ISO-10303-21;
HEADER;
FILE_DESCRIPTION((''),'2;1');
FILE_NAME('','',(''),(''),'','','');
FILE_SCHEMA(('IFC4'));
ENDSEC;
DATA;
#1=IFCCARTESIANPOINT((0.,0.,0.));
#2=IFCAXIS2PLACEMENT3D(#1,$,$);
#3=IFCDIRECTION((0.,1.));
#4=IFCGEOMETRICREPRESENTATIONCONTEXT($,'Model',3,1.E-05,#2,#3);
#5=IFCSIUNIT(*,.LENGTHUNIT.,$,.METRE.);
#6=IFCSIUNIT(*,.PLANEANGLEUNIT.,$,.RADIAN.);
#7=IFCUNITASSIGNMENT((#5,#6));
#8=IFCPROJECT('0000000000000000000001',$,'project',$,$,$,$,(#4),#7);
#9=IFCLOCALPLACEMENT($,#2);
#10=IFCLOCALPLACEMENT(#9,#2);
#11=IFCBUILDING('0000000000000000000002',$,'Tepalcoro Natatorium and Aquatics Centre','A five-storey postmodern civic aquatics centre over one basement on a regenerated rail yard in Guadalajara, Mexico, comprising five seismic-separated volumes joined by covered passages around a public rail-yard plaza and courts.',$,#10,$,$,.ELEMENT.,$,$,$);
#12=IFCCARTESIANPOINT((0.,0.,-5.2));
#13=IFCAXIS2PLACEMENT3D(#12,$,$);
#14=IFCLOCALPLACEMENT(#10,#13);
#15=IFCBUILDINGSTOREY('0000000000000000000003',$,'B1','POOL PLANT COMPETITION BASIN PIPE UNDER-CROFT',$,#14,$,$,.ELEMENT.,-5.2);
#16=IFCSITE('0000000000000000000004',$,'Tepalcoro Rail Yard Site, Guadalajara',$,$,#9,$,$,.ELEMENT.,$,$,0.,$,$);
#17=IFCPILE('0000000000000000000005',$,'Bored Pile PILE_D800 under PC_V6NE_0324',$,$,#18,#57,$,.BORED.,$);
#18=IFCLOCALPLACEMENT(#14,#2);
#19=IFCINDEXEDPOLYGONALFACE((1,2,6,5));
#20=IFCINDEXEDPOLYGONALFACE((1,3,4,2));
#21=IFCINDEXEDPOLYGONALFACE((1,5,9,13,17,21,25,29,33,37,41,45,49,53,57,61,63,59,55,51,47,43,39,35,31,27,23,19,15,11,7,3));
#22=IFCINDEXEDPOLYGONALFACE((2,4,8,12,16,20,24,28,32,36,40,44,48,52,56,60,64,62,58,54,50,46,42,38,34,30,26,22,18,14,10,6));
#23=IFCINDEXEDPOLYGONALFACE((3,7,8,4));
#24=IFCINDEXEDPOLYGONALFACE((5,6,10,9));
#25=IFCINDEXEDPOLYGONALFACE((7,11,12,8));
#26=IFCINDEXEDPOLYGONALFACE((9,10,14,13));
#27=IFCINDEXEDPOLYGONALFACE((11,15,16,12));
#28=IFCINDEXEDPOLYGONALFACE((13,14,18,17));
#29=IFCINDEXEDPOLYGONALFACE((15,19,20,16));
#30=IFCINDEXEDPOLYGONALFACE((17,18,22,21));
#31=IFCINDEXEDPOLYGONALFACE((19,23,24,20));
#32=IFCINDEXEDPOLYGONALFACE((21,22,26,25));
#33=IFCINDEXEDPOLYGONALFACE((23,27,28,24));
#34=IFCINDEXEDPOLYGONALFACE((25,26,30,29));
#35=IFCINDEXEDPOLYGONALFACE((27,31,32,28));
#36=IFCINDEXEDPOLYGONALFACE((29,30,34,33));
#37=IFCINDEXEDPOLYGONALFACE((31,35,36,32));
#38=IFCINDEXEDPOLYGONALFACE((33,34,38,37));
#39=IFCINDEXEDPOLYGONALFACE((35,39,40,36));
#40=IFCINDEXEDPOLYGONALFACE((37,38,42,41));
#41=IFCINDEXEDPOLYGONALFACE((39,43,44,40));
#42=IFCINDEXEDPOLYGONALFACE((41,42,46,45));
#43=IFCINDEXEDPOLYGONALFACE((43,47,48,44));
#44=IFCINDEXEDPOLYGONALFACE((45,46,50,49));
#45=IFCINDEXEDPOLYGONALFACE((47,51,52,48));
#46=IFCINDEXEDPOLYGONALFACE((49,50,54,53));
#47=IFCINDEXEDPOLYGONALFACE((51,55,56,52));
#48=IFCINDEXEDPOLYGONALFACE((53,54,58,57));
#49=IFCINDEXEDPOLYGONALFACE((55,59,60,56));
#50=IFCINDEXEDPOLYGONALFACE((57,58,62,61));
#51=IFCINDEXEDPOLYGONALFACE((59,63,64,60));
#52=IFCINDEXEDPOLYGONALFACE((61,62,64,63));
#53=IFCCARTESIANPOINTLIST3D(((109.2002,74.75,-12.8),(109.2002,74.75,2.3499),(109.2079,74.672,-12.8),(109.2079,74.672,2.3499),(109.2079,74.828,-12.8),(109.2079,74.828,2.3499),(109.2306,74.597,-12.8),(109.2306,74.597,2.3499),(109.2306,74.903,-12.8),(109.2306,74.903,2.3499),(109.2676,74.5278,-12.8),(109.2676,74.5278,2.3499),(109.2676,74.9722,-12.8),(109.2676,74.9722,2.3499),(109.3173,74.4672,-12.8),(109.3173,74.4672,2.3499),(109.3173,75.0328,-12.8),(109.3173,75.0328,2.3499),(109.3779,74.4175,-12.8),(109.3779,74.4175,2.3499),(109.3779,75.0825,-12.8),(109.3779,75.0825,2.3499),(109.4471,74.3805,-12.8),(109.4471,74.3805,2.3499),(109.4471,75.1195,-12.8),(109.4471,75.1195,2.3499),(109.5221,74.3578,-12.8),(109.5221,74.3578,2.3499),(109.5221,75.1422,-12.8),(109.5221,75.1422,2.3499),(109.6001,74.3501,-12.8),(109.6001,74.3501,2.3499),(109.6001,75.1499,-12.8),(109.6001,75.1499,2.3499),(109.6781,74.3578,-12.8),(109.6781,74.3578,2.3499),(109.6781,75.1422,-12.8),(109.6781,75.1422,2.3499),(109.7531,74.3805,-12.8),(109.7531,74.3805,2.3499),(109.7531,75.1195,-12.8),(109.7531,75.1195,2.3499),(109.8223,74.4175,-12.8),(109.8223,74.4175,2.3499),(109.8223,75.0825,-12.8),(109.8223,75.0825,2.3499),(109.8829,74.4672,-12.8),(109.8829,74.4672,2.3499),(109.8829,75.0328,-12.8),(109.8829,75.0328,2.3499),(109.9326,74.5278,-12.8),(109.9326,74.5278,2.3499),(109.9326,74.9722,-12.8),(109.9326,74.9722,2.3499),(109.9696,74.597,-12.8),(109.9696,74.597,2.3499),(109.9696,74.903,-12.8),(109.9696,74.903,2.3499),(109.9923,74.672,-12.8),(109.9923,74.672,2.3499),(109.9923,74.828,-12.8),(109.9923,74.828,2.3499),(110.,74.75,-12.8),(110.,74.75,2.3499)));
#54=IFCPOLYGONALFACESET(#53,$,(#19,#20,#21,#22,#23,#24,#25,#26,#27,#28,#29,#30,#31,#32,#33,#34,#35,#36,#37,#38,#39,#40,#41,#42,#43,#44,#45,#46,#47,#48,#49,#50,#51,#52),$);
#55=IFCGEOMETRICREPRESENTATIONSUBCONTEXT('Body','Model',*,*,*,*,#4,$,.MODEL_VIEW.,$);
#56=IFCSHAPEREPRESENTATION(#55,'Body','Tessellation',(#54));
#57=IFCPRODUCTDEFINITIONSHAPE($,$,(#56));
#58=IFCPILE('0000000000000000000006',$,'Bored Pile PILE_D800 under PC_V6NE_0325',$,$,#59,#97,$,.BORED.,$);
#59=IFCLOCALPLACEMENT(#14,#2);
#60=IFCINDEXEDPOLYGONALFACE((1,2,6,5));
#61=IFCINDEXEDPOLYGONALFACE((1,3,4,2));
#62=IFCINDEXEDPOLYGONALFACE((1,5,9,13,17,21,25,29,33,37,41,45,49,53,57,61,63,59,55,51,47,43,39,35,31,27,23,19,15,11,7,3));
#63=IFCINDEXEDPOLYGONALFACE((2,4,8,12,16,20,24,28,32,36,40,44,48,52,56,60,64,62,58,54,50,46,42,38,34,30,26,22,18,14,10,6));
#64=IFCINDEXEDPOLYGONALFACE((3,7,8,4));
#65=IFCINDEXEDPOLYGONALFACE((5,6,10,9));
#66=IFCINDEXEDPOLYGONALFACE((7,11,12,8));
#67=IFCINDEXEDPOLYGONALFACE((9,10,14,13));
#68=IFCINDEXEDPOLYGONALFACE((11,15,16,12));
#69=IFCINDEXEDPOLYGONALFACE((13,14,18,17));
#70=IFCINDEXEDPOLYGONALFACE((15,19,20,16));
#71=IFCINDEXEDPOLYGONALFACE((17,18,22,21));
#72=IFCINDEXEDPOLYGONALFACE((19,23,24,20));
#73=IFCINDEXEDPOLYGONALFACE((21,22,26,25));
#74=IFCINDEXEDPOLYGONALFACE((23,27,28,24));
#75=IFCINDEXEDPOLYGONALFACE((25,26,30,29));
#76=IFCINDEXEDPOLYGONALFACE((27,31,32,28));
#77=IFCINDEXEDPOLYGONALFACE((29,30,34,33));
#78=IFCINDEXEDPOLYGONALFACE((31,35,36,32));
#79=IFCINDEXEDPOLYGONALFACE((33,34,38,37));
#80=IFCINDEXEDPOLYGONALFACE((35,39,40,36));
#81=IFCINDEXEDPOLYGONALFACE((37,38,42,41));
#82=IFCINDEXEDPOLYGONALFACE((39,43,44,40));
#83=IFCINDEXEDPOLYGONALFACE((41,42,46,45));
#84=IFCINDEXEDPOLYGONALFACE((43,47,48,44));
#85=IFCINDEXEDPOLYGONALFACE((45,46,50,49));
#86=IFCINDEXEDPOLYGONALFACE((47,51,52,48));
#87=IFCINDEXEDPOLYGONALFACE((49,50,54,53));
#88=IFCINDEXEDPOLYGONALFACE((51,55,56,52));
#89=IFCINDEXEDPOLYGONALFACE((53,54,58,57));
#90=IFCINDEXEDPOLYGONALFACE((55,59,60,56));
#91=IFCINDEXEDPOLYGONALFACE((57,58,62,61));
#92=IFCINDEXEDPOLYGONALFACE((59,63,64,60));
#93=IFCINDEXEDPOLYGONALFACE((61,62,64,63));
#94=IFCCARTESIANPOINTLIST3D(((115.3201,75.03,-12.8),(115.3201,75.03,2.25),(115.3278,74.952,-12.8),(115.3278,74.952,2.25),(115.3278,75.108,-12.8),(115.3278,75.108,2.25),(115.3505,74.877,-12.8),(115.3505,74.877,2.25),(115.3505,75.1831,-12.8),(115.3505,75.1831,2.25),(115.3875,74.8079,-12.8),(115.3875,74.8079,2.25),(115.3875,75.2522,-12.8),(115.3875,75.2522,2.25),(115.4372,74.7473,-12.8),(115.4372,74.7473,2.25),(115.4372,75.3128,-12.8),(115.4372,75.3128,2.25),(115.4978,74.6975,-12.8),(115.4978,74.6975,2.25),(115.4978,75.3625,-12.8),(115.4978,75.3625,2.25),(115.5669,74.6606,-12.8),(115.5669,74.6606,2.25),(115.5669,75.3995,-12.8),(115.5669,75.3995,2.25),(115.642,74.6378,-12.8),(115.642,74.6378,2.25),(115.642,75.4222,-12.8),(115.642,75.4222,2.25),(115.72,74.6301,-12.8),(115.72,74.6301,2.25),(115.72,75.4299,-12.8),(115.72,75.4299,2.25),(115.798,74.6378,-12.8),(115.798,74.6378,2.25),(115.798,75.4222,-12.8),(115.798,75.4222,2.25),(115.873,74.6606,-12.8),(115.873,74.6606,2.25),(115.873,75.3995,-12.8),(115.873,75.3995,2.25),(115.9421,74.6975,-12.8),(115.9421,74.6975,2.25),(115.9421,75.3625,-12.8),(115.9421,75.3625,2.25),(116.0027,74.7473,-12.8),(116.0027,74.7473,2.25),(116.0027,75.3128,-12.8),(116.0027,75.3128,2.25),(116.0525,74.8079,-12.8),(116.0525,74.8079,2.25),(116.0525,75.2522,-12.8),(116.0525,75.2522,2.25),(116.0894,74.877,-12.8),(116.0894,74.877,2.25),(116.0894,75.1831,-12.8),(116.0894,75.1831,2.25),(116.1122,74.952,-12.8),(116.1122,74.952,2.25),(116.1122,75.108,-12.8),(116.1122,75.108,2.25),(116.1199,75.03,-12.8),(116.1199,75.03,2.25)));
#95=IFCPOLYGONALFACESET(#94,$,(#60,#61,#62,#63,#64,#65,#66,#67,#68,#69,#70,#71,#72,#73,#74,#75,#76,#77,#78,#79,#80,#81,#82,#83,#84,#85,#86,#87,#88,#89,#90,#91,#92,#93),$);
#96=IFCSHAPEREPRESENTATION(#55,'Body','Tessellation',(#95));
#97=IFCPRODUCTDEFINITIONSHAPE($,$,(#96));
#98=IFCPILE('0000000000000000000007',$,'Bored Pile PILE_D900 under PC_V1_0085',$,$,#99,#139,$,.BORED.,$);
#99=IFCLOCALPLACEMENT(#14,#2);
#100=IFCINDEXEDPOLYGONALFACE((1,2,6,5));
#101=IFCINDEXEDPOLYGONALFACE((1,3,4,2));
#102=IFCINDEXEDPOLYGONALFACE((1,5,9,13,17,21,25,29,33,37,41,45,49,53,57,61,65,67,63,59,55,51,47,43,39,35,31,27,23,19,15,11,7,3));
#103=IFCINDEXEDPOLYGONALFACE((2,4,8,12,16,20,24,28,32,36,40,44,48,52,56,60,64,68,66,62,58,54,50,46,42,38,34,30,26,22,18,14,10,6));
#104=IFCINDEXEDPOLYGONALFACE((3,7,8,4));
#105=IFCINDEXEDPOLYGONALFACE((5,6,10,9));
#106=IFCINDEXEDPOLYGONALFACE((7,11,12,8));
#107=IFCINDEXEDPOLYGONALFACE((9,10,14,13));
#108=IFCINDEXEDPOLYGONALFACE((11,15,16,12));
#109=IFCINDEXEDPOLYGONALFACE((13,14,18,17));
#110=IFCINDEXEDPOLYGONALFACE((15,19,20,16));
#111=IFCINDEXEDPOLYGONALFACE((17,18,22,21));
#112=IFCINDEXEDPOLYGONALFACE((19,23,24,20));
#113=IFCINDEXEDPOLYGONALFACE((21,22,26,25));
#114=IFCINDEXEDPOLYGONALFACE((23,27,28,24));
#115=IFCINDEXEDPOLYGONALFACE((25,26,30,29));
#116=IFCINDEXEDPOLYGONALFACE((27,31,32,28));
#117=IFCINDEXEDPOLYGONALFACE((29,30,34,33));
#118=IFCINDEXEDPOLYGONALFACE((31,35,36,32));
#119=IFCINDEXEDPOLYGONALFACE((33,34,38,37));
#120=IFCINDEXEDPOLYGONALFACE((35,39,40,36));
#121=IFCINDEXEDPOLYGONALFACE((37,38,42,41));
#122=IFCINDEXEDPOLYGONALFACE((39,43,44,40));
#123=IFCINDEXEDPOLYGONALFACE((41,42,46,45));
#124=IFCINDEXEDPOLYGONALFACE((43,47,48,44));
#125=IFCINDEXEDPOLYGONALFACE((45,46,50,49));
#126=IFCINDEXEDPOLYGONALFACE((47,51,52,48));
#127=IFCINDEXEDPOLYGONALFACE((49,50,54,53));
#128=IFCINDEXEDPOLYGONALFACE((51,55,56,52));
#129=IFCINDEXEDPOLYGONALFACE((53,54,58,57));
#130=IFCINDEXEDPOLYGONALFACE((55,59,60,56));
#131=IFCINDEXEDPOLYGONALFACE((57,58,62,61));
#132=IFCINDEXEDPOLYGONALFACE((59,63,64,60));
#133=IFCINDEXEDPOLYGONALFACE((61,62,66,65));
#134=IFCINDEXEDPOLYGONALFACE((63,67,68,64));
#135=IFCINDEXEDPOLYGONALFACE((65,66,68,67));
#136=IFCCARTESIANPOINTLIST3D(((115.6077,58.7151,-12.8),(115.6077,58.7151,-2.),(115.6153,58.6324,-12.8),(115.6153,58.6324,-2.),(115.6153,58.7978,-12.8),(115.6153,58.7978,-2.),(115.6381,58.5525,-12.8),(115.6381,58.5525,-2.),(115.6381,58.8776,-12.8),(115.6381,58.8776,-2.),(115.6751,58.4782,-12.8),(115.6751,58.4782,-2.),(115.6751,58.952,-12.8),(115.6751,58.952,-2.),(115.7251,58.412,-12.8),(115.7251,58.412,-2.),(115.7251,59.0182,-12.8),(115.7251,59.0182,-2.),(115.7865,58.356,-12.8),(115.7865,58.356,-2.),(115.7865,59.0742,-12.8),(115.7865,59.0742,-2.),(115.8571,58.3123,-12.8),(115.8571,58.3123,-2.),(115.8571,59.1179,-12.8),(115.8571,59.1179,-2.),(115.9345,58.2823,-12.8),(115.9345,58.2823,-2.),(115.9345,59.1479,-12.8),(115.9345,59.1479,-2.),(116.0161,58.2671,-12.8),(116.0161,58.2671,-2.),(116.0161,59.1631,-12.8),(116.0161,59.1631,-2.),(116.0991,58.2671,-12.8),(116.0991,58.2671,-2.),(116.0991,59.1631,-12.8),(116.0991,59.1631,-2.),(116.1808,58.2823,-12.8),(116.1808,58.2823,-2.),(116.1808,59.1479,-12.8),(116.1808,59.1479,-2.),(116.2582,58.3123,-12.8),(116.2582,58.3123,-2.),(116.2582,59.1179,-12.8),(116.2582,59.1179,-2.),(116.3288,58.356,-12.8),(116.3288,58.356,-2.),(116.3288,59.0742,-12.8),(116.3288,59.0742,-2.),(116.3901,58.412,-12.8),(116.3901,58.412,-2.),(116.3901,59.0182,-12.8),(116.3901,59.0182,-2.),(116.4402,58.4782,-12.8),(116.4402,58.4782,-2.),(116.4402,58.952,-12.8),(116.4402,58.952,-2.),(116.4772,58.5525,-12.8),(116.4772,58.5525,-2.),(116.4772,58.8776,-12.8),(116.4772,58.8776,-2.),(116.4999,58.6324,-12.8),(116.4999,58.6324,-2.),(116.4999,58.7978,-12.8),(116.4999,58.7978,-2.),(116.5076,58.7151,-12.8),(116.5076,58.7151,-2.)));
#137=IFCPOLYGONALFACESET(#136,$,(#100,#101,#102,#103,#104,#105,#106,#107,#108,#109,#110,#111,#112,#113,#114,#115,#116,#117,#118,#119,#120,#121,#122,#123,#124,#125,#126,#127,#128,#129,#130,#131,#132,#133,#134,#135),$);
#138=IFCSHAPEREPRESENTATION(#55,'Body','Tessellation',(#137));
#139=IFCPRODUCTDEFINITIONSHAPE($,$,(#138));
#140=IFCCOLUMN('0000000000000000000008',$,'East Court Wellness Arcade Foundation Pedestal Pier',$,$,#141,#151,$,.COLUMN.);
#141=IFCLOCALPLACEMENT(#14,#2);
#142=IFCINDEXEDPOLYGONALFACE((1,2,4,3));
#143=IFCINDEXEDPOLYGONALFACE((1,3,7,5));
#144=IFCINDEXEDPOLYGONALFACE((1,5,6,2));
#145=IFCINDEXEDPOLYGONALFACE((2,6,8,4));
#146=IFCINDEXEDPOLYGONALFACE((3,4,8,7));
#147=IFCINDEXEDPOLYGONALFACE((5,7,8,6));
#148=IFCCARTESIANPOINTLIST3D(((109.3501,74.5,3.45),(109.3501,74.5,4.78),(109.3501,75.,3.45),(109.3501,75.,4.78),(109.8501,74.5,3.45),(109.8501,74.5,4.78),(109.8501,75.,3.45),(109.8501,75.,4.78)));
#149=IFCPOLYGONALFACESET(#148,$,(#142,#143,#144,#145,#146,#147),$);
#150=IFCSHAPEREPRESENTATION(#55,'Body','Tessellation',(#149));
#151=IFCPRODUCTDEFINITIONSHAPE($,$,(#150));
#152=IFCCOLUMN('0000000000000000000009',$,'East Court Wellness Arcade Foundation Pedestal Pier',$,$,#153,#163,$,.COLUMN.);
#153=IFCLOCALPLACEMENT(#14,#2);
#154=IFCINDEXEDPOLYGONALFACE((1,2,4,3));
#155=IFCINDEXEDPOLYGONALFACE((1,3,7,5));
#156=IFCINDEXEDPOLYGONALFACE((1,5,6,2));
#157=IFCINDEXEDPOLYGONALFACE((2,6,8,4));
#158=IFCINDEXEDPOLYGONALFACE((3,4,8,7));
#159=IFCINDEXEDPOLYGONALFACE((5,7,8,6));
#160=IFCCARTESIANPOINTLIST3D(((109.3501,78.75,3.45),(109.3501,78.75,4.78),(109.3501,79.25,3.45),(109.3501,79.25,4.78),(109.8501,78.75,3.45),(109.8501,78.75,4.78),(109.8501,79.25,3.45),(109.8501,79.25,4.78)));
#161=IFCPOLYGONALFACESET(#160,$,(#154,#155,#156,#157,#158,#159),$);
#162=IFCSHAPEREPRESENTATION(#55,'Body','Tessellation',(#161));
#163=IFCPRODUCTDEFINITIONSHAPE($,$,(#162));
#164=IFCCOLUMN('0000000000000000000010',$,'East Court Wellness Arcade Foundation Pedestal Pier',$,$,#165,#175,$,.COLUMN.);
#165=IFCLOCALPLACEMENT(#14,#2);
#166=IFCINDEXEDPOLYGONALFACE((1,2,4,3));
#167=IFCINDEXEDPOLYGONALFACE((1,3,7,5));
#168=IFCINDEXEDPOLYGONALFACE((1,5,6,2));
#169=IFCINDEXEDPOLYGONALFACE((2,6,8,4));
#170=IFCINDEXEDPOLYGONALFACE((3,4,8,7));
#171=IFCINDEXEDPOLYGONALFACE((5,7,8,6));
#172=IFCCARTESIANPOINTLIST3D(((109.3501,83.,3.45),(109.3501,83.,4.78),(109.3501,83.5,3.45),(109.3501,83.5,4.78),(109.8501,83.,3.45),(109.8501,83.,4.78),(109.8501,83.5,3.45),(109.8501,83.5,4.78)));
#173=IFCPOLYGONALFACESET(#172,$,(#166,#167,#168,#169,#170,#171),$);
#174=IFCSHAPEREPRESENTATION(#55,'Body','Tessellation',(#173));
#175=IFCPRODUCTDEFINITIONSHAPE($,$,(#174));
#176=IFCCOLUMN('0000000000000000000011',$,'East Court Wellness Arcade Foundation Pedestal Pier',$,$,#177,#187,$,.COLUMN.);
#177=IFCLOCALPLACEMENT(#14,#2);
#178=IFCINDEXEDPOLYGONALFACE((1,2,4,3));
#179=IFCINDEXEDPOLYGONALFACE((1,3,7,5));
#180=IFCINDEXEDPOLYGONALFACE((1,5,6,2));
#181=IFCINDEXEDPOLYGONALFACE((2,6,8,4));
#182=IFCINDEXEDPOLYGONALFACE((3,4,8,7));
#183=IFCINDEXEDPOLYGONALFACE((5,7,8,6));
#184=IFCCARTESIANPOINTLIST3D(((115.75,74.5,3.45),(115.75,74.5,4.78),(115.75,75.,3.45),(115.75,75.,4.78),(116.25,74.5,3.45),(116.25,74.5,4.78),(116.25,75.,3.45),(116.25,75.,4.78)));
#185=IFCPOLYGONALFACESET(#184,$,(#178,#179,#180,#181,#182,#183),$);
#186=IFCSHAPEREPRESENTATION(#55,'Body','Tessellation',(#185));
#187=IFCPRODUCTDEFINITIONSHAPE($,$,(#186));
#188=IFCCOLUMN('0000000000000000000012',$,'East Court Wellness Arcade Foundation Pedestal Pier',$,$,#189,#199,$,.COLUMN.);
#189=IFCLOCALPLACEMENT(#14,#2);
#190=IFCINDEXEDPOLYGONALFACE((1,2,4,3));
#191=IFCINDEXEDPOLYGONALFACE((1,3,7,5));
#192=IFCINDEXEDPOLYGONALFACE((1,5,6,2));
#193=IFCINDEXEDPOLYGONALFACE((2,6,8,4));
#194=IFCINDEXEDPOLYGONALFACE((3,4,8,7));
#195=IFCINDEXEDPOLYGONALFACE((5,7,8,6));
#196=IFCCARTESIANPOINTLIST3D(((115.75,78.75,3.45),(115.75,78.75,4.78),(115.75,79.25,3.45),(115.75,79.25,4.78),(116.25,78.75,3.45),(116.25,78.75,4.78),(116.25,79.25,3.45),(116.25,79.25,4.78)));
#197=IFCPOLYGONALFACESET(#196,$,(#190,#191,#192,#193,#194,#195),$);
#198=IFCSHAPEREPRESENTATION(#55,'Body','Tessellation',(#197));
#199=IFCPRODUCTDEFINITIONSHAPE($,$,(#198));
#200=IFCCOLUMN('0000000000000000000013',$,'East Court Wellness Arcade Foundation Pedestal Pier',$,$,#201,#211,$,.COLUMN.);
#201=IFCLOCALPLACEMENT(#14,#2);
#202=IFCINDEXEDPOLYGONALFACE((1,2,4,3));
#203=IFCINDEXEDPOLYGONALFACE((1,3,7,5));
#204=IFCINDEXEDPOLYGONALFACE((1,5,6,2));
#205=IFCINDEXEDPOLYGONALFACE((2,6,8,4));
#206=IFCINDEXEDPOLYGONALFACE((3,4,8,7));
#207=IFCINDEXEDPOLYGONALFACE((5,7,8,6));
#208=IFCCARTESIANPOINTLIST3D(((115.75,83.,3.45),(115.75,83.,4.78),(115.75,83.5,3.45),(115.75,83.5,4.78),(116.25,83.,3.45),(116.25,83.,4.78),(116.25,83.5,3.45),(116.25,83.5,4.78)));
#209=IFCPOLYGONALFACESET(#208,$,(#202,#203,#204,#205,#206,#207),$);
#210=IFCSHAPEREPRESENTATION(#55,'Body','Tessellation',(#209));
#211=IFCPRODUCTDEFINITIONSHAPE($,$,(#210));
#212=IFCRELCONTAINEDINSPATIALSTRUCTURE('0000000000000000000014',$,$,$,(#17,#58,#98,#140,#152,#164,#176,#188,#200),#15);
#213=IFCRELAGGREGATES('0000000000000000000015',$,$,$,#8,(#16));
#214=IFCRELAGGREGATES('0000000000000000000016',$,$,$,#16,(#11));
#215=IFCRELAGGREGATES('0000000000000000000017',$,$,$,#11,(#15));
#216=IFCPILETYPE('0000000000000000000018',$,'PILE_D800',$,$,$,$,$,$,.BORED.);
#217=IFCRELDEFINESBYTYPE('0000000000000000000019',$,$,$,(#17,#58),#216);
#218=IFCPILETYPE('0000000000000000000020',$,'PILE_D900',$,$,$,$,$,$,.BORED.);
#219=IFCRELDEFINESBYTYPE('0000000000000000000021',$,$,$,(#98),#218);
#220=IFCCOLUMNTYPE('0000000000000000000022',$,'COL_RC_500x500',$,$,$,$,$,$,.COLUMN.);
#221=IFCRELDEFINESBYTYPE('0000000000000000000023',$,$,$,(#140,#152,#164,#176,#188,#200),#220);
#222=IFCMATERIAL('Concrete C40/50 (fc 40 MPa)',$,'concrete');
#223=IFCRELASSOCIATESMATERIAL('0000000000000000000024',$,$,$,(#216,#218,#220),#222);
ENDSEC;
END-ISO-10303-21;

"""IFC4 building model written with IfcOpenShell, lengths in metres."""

from ifc_helpers import new_model, si_unit, direction, frame, origin, origin_2d, place, context, subcontext, project, spatial, rectangle, circle, extrude, material, material_profile, profile_set, type_object, element, save


model = new_model("IFC4")

# Units and contexts
model_context = context("Model", 3, precision=1e-05, world=origin(), true_north=direction((0.0, 1.0)))
body_context = subcontext(model_context, "Body", "Model", "MODEL_VIEW")
ifc_project = project(units=[si_unit("LENGTHUNIT", "METRE"), si_unit("PLANEANGLEUNIT", "RADIAN")], contexts=[model_context])

# Site, building, storey
site_placement = place(None, origin())
site = spatial("IfcSite", under=ifc_project, at=site_placement, Name="Tepalcoro Rail Yard Site, Guadalajara", CompositionType="ELEMENT", RefElevation=0.0)
building_placement = place(site_placement, origin())
building = spatial("IfcBuilding", under=site, at=building_placement, Name="Tepalcoro Natatorium and Aquatics Centre", Description="A five-storey postmodern civic aquatics centre over one basement on a regenerated rail yard in Guadalajara, Mexico, comprising five seismic-separated volumes joined by covered passages around a public rail-yard plaza and courts.", CompositionType="ELEMENT")
storey_placement = place(building_placement, frame((0.0, 0.0, -5.2)))
storey = spatial("IfcBuildingStorey", under=building, at=storey_placement, Name="B1", Description="POOL PLANT COMPETITION BASIN PIPE UNDER-CROFT", CompositionType="ELEMENT", Elevation=-5.2)

# Piles
ifc_material = material(Name="Concrete C40/50 (fc 40 MPa)", Category="concrete")
ifc_material_profile_1 = material_profile(ifc_material, circle(Radius=0.3999, at=origin_2d()), Name="PILE_D800")
ifc_profile_set_1 = profile_set([ifc_material_profile_1], Name="Concrete C40/50 (fc 40 MPa)")
pile_type_1 = type_object("IfcPileType", Name="PILE_D800", PredefinedType="BORED", material=ifc_profile_set_1)
pile_1_placement = place(storey_placement, frame((109.6001, 74.75, 2.3499), z_axis=(0.0, 0.0, -1.0), x_axis=(1.0, 0.0, 0.0)))
element("IfcPile", 1, at=pile_1_placement, inside=storey, type_object=pile_type_1, Name="Bored Pile PILE_D800 under PC_V6NE_0324", PredefinedType="BORED", context=body_context, shape_type="SweptSolid", body=[
    extrude(circle(Radius=0.3999, at=origin_2d()), origin(), (0.0, 0.0, 1.0), 15.1499),
])
pile_2_placement = place(storey_placement, frame((115.72, 75.03, 2.25), z_axis=(0.0, 0.0, -1.0), x_axis=(1.0, 0.0, 0.0)))
element("IfcPile", 2, at=pile_2_placement, inside=storey, type_object=pile_type_1, Name="Bored Pile PILE_D800 under PC_V6NE_0325", PredefinedType="BORED", context=body_context, shape_type="SweptSolid", body=[
    extrude(circle(Radius=0.3999, at=origin_2d()), origin(), (0.0, 0.0, 1.0), 15.05),
])
ifc_material_profile_2 = material_profile(ifc_material, circle(Radius=0.45, at=origin_2d()), Name="PILE_D900")
ifc_profile_set_2 = profile_set([ifc_material_profile_2], Name="Concrete C40/50 (fc 40 MPa)")
pile_type_2 = type_object("IfcPileType", Name="PILE_D900", PredefinedType="BORED", material=ifc_profile_set_2)
pile_3_placement = place(storey_placement, frame((116.0576, 58.7151, -2.0), z_axis=(0.0, 0.0, -1.0), x_axis=(1.0, 0.0, 0.0)))
element("IfcPile", 3, at=pile_3_placement, inside=storey, type_object=pile_type_2, Name="Bored Pile PILE_D900 under PC_V1_0085", PredefinedType="BORED", context=body_context, shape_type="SweptSolid", body=[
    extrude(circle(Radius=0.45, at=origin_2d()), origin(), (0.0, 0.0, 1.0), 10.8),
])

# Columns
ifc_material_profile_3 = material_profile(ifc_material, rectangle(XDim=0.5, YDim=0.5, at=origin_2d()), Name="RC500x500")
ifc_profile_set_3 = profile_set([ifc_material_profile_3], Name="Concrete C40/50 (fc 40 MPa)")
column_type_1 = type_object("IfcColumnType", Name="COL_RC_500x500", PredefinedType="COLUMN", material=ifc_profile_set_3)
for number, where, z_axis, x_axis, name in (
    (4, (109.6001, 74.75, 3.45), (0.0, 0.0, 1.0), (1.0, 0.0, 0.0), "East Court Wellness Arcade Foundation Pedestal Pier"),
    (5, (109.6001, 79.0, 3.45), (0.0, 0.0, 1.0), (1.0, 0.0, 0.0), "East Court Wellness Arcade Foundation Pedestal Pier"),
    (6, (109.6001, 83.25, 3.45), (0.0, 0.0, 1.0), (1.0, 0.0, 0.0), "East Court Wellness Arcade Foundation Pedestal Pier"),
    (7, (116.0, 74.75, 3.45), (0.0, 0.0, 1.0), (1.0, 0.0, 0.0), "East Court Wellness Arcade Foundation Pedestal Pier"),
    (8, (116.0, 79.0, 3.45), (0.0, 0.0, 1.0), (1.0, 0.0, 0.0), "East Court Wellness Arcade Foundation Pedestal Pier"),
    (9, (116.0, 83.25, 3.45), (0.0, 0.0, 1.0), (1.0, 0.0, 0.0), "East Court Wellness Arcade Foundation Pedestal Pier"),
):
    element("IfcColumn", number, at=place(storey_placement, frame(where, z_axis=z_axis, x_axis=x_axis)), inside=storey, type_object=column_type_1, Name=name, PredefinedType="COLUMN", context=body_context, shape_type="SweptSolid", body=[
        extrude(rectangle(XDim=0.5, YDim=0.5, at=origin_2d()), origin(), (0.0, 0.0, 1.0), 1.3301),
    ])

save(model, "model.ifc")
